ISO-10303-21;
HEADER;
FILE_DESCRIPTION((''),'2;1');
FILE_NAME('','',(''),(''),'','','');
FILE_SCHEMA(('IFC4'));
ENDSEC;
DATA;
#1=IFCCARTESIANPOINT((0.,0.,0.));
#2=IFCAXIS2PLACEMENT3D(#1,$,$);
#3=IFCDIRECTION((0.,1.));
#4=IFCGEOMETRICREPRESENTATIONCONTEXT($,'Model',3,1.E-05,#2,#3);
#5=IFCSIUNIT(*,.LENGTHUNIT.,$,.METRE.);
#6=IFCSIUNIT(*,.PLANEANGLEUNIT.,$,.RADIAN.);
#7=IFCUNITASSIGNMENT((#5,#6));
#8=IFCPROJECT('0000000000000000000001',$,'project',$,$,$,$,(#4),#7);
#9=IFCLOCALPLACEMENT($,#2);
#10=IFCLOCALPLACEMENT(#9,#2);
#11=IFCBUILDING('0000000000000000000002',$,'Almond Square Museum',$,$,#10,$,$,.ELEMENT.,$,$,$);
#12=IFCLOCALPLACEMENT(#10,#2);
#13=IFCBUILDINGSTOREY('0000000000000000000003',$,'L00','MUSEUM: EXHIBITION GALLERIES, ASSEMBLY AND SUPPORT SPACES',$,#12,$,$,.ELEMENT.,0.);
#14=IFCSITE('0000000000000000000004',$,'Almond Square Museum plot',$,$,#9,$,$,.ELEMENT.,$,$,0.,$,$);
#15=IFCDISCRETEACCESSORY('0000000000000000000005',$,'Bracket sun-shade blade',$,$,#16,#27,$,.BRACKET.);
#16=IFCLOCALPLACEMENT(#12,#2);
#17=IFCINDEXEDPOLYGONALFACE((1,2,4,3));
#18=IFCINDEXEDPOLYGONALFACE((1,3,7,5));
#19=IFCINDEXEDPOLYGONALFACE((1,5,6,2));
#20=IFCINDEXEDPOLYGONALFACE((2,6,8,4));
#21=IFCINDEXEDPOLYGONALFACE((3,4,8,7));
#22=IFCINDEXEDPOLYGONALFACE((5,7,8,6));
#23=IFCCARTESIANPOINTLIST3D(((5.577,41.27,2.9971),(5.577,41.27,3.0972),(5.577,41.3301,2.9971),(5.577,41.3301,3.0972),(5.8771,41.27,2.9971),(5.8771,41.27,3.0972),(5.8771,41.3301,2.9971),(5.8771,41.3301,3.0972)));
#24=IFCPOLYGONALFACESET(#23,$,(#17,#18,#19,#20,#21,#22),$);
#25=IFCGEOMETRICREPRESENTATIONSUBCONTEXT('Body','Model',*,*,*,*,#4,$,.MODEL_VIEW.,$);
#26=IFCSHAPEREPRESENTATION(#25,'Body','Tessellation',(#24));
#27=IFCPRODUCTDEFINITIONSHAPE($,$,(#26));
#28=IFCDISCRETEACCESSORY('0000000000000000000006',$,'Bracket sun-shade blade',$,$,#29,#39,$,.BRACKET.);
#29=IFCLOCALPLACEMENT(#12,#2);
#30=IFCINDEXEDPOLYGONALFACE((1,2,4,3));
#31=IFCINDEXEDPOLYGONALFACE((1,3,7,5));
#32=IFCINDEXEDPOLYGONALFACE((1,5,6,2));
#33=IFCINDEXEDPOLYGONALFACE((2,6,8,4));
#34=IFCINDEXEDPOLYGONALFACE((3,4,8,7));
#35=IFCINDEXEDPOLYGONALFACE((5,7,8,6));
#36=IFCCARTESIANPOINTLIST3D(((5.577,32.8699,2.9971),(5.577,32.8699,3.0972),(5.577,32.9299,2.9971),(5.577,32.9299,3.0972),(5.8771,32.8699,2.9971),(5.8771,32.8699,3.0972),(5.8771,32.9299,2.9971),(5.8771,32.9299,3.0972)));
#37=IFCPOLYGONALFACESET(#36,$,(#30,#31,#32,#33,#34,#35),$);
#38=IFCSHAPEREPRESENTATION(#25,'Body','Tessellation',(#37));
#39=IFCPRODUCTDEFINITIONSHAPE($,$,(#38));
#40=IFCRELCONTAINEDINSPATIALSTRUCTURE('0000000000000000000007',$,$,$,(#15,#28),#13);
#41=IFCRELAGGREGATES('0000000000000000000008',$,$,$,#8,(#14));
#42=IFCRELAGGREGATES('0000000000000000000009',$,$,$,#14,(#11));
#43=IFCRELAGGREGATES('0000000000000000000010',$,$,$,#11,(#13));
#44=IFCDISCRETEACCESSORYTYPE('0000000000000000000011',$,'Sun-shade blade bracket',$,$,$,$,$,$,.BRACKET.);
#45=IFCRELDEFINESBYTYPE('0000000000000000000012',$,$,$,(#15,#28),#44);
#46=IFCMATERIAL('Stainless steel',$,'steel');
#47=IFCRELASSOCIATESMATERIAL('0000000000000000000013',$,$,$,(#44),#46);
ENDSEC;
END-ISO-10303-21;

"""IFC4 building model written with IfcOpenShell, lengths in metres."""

from ifc_helpers import new_model, si_unit, direction, frame, origin, origin_2d, place, context, subcontext, project, spatial, rectangle, extrude, material, type_object, element, save


model = new_model("IFC4")

# Units and contexts
model_context = context("Model", 3, precision=1e-05, world=origin(), true_north=direction((0.0, 1.0)))
body_context = subcontext(model_context, "Body", "Model", "MODEL_VIEW")
ifc_project = project(units=[si_unit("LENGTHUNIT", "METRE"), si_unit("PLANEANGLEUNIT", "RADIAN")], contexts=[model_context])

# Site, building, storey
site_placement = place(None, origin())
site = spatial("IfcSite", under=ifc_project, at=site_placement, Name="Almond Square Museum plot", CompositionType="ELEMENT", RefElevation=0.0)
building_placement = place(site_placement, origin())
building = spatial("IfcBuilding", under=site, at=building_placement, Name="Almond Square Museum", CompositionType="ELEMENT")
storey_placement = place(building_placement, origin())
storey = spatial("IfcBuildingStorey", under=building, at=storey_placement, Name="L00", Description="MUSEUM: EXHIBITION GALLERIES, ASSEMBLY AND SUPPORT SPACES", CompositionType="ELEMENT", Elevation=0.0)

# Discrete accessories
ifc_material_1 = material(Name="Stainless steel", Category="steel")
discrete_accessory_type = type_object("IfcDiscreteAccessoryType", Name="Sun-shade blade bracket", PredefinedType="BRACKET", material=ifc_material_1)
for number, where, z_axis, x_axis, name in (
    (1, (5.7271, 41.3, 2.9971), (0.0, 0.0, 1.0), (1.0, 0.0, 0.0), "Bracket sun-shade blade"),
    (2, (5.7271, 32.8999, 2.9971), (0.0, 0.0, 1.0), (1.0, 0.0, 0.0), "Bracket sun-shade blade"),
):
    element("IfcDiscreteAccessory", number, at=place(storey_placement, frame(where, z_axis=z_axis, x_axis=x_axis)), inside=storey, type_object=discrete_accessory_type, Name=name, PredefinedType="BRACKET", context=body_context, shape_type="SweptSolid", body=[
        extrude(rectangle(XDim=0.3, YDim=0.0601, at=origin_2d()), origin(), (0.0, 0.0, 1.0), 0.1001),
    ])

save(model, "model.ifc")
